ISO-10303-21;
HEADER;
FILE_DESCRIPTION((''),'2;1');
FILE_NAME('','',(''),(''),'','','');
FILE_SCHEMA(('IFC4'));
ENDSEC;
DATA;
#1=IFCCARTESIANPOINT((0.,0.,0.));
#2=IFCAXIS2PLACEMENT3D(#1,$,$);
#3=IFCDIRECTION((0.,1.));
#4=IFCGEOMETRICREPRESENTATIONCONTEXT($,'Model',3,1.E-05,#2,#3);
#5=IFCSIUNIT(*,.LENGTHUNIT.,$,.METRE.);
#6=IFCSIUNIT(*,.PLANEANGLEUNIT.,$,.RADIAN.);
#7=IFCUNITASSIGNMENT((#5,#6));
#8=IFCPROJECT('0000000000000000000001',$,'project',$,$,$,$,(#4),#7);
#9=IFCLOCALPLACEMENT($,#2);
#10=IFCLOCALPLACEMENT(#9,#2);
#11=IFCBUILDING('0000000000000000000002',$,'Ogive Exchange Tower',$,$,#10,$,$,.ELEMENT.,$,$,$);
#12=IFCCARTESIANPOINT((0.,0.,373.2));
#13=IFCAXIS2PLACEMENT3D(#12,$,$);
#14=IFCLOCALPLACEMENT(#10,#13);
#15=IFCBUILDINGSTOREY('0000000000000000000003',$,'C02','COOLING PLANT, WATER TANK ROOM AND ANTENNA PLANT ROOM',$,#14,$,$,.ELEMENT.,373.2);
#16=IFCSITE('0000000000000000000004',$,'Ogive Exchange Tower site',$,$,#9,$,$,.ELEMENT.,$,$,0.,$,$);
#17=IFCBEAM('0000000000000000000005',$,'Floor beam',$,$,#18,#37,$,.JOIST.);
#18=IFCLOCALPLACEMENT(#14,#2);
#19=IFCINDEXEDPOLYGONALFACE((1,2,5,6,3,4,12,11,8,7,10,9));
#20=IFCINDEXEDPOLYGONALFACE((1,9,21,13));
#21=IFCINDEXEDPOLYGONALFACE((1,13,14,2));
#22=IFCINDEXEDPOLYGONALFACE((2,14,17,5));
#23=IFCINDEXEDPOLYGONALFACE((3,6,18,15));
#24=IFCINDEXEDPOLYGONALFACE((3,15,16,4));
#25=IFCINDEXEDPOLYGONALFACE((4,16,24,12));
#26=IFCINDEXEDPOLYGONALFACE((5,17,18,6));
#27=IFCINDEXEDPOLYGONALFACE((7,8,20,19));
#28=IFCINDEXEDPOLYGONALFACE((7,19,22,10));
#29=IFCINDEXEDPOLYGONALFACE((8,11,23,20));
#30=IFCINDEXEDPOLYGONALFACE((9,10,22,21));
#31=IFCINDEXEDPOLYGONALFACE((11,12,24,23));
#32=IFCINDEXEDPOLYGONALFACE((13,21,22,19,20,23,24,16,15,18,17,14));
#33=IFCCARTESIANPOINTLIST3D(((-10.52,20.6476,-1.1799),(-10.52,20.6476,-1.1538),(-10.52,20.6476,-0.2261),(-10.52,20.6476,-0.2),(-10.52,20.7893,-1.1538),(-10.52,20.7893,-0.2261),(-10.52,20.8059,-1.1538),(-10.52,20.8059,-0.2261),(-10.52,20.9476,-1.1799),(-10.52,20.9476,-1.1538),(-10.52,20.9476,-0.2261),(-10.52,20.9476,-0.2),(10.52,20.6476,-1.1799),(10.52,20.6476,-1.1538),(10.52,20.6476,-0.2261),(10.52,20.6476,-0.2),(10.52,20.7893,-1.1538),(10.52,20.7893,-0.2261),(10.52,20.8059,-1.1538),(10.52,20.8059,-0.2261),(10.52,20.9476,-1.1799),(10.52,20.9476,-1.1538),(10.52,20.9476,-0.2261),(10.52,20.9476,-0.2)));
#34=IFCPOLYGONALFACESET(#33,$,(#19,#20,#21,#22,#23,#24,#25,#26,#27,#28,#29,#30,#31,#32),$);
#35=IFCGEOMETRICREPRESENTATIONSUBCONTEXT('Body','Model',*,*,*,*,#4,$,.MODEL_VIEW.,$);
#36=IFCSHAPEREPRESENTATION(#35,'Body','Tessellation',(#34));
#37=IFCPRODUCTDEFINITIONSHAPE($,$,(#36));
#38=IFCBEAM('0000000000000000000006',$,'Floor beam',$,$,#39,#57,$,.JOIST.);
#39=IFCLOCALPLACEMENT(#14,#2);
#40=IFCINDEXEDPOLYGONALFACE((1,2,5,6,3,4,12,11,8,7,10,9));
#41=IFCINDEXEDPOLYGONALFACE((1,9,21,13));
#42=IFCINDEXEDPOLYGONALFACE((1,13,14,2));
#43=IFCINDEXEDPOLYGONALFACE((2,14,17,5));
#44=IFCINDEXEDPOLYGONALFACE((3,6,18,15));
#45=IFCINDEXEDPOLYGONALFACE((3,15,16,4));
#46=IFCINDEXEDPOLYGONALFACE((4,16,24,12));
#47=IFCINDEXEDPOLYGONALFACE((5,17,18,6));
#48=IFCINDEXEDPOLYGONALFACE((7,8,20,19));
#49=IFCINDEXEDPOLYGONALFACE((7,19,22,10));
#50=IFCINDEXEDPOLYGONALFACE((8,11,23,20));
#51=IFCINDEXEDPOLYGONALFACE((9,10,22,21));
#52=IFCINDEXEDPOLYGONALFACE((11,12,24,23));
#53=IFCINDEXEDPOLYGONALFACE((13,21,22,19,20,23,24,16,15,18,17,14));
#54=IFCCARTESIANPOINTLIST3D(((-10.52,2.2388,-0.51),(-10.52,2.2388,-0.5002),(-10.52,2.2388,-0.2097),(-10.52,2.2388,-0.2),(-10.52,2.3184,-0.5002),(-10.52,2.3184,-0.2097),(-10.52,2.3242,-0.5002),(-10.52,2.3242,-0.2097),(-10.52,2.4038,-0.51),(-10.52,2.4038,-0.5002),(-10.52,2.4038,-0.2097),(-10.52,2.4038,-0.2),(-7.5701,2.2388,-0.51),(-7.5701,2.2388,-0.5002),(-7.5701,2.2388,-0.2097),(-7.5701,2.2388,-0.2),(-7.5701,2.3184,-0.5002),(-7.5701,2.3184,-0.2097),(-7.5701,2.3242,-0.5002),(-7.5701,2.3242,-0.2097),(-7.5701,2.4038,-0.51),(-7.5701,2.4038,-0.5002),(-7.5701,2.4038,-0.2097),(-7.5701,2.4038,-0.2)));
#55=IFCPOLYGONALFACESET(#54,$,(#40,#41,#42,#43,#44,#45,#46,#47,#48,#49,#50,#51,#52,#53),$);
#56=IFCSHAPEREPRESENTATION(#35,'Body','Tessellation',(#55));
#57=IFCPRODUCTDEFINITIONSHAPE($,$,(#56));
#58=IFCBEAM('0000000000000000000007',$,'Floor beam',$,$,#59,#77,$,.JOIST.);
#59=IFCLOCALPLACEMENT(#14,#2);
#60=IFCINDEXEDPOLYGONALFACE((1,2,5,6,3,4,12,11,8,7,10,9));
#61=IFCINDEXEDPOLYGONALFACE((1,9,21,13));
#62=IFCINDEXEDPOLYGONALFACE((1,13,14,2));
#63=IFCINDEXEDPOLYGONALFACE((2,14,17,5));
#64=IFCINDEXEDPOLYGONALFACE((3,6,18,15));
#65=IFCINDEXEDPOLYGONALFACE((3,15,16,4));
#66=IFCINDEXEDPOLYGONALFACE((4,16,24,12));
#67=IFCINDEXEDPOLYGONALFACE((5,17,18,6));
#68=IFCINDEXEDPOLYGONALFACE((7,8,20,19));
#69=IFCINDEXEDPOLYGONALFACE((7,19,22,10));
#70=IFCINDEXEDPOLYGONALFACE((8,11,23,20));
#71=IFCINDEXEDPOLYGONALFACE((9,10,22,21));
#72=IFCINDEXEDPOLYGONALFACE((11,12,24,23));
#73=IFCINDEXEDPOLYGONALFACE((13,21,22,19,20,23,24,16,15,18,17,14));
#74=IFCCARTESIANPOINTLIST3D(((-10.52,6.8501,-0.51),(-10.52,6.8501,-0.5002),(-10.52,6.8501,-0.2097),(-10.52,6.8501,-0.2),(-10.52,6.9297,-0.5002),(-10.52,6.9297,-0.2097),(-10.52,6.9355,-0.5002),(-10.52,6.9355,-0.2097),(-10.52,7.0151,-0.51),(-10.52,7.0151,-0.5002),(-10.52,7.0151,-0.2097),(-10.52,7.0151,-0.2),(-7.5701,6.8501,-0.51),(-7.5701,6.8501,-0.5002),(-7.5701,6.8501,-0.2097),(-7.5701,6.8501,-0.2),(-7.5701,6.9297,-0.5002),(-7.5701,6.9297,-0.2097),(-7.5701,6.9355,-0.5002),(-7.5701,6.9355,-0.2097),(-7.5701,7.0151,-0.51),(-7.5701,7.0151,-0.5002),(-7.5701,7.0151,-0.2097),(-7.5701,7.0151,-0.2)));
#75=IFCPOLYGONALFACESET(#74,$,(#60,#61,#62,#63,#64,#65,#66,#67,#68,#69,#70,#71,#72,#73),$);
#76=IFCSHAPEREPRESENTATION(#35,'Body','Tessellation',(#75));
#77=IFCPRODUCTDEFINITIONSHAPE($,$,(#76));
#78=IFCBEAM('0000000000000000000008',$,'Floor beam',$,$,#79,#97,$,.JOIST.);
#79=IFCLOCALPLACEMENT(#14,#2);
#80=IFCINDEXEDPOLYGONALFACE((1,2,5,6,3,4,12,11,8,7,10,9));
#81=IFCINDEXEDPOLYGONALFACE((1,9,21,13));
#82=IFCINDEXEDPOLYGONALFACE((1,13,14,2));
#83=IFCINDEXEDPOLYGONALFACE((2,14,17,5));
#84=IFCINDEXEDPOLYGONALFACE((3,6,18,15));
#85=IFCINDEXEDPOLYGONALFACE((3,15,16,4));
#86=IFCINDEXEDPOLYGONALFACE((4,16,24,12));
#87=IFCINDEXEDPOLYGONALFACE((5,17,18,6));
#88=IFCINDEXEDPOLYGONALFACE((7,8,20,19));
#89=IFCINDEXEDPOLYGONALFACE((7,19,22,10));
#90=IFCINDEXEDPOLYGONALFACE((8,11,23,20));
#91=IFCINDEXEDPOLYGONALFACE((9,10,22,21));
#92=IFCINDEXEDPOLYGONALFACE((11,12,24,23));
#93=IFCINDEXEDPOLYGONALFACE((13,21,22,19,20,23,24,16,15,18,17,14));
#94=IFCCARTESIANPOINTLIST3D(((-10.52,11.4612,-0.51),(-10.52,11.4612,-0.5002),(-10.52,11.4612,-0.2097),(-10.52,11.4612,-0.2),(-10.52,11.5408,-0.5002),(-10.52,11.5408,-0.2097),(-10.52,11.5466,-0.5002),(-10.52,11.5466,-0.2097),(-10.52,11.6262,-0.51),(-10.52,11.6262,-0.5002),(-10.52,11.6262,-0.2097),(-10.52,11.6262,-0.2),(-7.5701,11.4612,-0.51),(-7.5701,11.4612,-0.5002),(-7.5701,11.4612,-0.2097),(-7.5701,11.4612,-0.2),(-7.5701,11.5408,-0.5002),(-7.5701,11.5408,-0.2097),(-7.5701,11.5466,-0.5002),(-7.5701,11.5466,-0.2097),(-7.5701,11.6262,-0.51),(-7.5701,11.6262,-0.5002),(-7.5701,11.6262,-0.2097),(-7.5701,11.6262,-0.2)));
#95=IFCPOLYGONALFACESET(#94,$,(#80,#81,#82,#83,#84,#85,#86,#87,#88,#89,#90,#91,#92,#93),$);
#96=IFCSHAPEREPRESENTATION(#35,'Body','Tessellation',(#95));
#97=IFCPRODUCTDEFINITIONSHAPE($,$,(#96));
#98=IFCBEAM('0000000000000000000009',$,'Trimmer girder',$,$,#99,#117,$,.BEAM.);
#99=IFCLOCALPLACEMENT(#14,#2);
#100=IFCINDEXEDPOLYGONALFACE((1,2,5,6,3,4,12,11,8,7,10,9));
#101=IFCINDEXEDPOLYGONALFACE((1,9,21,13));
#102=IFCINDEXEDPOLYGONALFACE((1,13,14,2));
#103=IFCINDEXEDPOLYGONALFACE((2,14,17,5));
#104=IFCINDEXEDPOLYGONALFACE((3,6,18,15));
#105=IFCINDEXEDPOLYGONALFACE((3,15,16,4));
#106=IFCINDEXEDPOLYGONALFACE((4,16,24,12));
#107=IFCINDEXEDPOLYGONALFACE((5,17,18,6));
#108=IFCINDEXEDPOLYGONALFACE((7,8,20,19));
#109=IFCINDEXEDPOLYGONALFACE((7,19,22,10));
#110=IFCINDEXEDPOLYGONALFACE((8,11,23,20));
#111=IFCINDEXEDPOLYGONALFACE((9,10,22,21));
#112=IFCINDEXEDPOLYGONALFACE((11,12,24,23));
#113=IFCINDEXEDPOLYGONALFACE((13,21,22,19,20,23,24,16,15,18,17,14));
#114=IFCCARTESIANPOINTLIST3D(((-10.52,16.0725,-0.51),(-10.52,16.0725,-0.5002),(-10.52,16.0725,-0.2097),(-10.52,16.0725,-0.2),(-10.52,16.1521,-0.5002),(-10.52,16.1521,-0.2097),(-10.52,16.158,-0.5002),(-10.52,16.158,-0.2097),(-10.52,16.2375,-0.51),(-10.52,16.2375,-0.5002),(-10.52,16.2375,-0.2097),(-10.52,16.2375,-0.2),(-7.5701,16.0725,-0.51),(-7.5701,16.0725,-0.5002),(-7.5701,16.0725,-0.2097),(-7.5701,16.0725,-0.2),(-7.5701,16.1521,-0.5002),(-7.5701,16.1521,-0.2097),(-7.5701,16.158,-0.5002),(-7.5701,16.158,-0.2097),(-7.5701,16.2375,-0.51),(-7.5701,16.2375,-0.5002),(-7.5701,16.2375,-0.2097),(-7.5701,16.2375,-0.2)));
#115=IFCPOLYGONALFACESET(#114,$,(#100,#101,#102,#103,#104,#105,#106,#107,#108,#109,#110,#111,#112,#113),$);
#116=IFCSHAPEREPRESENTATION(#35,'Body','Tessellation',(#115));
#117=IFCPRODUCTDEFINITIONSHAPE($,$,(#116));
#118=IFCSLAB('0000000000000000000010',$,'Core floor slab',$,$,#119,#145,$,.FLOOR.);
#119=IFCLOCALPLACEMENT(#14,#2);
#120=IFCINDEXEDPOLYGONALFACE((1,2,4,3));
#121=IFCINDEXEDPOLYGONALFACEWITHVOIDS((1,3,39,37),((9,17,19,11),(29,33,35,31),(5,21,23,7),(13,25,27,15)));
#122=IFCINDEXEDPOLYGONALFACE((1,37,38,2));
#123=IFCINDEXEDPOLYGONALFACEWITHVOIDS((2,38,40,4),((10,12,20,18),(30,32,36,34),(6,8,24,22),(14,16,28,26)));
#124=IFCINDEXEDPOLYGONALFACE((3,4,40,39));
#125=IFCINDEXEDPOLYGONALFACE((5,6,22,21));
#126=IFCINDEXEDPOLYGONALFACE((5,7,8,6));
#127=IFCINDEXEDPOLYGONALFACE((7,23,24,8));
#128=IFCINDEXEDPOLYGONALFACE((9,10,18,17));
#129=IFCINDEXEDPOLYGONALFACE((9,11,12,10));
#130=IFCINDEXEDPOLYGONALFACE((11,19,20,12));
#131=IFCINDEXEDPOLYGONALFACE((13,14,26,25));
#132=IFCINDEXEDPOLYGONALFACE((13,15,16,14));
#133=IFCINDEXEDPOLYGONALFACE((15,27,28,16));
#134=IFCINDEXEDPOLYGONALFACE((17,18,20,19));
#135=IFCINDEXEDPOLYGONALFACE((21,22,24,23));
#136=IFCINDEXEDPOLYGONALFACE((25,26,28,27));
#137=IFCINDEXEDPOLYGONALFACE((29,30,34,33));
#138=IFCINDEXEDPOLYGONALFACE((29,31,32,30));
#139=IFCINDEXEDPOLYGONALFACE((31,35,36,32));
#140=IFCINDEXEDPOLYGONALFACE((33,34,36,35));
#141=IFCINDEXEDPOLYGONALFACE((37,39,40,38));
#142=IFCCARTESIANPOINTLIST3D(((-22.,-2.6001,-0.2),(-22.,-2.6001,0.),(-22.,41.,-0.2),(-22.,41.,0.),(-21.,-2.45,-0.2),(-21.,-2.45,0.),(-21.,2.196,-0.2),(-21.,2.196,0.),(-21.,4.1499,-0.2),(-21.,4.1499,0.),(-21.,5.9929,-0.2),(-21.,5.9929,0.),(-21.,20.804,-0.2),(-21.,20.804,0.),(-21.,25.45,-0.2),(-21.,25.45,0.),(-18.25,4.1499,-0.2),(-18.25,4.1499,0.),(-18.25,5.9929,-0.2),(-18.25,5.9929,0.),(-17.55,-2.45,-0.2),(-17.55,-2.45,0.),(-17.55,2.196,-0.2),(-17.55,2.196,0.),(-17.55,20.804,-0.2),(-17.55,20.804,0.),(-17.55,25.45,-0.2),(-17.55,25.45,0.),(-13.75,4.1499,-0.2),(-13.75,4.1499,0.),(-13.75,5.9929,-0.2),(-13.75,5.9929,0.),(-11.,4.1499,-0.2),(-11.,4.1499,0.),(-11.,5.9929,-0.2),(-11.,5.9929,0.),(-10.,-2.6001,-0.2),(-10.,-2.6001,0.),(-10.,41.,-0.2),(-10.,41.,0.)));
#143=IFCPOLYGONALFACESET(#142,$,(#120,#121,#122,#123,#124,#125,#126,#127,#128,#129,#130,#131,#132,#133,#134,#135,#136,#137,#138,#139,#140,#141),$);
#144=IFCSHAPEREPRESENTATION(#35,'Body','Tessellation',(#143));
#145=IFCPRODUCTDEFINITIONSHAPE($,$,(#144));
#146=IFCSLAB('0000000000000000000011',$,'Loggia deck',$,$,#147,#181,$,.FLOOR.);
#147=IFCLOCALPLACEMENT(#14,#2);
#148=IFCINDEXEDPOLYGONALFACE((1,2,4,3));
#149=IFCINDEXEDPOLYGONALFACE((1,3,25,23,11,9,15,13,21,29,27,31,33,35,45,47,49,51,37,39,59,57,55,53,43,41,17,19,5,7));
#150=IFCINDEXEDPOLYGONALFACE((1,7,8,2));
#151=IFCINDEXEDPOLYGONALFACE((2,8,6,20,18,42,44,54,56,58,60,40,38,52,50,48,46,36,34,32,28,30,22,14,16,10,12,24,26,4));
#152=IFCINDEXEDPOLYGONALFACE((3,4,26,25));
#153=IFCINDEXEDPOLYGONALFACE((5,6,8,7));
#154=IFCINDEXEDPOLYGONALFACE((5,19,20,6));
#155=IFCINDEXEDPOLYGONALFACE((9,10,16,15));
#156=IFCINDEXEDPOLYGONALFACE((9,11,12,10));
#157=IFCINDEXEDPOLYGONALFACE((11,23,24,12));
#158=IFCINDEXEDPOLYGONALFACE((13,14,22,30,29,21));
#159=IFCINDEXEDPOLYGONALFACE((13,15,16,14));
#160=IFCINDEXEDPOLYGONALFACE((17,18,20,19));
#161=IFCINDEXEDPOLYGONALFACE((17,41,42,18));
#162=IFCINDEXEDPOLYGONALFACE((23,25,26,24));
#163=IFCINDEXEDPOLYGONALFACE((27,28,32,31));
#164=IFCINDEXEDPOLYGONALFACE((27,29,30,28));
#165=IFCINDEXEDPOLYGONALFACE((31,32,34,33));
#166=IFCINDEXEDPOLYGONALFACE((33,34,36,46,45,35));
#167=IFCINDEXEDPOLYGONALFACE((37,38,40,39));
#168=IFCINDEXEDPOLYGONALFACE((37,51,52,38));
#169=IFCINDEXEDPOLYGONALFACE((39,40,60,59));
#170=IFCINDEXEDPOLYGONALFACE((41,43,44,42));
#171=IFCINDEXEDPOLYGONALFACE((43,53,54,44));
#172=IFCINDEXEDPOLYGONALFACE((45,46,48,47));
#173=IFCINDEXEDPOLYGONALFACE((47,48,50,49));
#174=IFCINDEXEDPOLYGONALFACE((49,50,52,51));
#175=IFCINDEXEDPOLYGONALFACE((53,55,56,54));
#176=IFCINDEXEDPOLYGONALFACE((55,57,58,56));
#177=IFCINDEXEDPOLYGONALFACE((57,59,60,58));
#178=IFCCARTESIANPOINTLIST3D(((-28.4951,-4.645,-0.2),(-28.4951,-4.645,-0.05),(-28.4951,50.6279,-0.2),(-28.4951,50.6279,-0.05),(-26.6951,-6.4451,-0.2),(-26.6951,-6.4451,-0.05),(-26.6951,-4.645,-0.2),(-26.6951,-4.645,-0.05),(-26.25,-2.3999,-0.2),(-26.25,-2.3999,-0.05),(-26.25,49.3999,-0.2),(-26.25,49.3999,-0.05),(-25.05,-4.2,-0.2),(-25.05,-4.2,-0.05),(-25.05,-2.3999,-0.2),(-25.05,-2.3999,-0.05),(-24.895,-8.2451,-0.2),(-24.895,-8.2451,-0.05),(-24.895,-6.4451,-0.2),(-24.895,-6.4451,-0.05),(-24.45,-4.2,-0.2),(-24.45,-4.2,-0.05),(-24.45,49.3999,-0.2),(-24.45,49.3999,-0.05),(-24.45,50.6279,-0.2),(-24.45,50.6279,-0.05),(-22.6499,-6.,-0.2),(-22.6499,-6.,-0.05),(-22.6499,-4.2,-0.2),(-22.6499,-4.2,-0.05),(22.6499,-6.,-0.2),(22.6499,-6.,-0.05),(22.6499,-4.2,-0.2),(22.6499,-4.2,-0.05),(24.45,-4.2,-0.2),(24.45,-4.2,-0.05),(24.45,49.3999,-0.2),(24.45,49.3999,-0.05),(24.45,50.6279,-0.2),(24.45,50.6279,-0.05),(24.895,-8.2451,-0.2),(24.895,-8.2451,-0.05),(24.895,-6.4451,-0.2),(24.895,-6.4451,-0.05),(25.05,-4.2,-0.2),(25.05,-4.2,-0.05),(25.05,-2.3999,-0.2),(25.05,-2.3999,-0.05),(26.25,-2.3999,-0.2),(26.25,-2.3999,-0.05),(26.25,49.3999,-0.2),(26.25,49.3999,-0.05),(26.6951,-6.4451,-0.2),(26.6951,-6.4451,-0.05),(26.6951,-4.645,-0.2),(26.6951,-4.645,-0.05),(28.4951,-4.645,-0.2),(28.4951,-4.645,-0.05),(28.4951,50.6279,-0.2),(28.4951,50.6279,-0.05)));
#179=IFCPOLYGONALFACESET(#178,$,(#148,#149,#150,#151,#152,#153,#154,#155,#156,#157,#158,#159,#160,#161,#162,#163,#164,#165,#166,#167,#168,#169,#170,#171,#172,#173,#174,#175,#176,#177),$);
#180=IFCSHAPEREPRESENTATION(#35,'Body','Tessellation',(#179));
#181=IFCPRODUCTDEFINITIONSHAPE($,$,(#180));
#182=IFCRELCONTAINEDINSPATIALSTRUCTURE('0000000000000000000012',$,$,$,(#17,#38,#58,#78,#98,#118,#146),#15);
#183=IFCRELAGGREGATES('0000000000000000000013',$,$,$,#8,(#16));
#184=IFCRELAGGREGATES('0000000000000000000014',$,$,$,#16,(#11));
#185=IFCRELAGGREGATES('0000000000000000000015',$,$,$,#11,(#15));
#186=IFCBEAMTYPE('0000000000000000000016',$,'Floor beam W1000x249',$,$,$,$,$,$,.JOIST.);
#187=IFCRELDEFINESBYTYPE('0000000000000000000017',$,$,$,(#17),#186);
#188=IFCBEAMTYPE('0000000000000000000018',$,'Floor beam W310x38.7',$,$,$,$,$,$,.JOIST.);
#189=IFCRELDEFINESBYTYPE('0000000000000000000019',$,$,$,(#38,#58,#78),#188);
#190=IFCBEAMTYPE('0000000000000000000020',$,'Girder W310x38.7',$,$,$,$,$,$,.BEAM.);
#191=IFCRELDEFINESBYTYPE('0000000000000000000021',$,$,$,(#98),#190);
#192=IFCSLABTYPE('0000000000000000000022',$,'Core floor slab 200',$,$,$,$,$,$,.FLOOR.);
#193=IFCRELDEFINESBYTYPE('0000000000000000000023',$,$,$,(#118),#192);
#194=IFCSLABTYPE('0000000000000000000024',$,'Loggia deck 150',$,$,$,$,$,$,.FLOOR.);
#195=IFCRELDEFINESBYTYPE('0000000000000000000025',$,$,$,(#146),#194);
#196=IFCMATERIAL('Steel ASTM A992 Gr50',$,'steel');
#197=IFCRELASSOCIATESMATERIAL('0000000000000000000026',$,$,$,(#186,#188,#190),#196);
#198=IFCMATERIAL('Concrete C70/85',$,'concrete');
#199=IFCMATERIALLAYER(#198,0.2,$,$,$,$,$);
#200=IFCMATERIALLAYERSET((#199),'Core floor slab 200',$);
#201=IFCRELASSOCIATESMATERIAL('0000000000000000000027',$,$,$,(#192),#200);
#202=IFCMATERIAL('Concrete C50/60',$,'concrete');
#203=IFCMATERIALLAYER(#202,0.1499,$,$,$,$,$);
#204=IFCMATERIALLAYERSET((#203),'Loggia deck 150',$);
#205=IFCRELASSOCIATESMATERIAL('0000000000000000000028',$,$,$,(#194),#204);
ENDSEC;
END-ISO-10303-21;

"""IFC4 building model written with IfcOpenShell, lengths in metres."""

from ifc_helpers import new_model, si_unit, direction, frame, origin, origin_2d, place, context, subcontext, project, spatial, polyline, i_section, outline, extrude, material, layer, layer_set, material_profile, profile_set, type_object, element, save


model = new_model("IFC4")

# Units and contexts
model_context = context("Model", 3, precision=1e-05, world=origin(), true_north=direction((0.0, 1.0)))
body_context = subcontext(model_context, "Body", "Model", "MODEL_VIEW")
ifc_project = project(units=[si_unit("LENGTHUNIT", "METRE"), si_unit("PLANEANGLEUNIT", "RADIAN")], contexts=[model_context])

# Site, building, storey
site_placement = place(None, origin())
site = spatial("IfcSite", under=ifc_project, at=site_placement, Name="Ogive Exchange Tower site", CompositionType="ELEMENT", RefElevation=0.0)
building_placement = place(site_placement, origin())
building = spatial("IfcBuilding", under=site, at=building_placement, Name="Ogive Exchange Tower", CompositionType="ELEMENT")
storey_placement = place(building_placement, frame((0.0, 0.0, 373.2)))
storey = spatial("IfcBuildingStorey", under=building, at=storey_placement, Name="C02", Description="COOLING PLANT, WATER TANK ROOM AND ANTENNA PLANT ROOM", CompositionType="ELEMENT", Elevation=373.2)

# Beams
ifc_material_1 = material(Name="Steel ASTM A992 Gr50", Category="steel")
ifc_material_profile_1 = material_profile(ifc_material_1, i_section(OverallWidth=0.3, OverallDepth=0.98, WebThickness=0.0166, FlangeThickness=0.0261, at=origin_2d()), Name="W1000x249")
ifc_profile_set_1 = profile_set([ifc_material_profile_1], Name="Steel ASTM A992 Gr50")
beam_type_1 = type_object("IfcBeamType", Name="Floor beam W1000x249", PredefinedType="JOIST", material=ifc_profile_set_1)
beam_1_placement = place(storey_placement, frame((-10.52, 20.7976, -0.6899), z_axis=(1.0, 0.0, 0.0), x_axis=(0.0, 1.0, 0.0)))
element("IfcBeam", 1, at=beam_1_placement, inside=storey, type_object=beam_type_1, Name="Floor beam", PredefinedType="JOIST", context=body_context, shape_type="SweptSolid", body=[
    extrude(i_section(OverallWidth=0.3, OverallDepth=0.98, WebThickness=0.0166, FlangeThickness=0.0261, at=origin_2d()), origin(), (0.0, 0.0, 1.0), 21.04),
])
ifc_material_profile_2 = material_profile(ifc_material_1, i_section(OverallWidth=0.165, OverallDepth=0.3101, WebThickness=0.0059, FlangeThickness=0.0098, at=origin_2d()), Name="W310x38.7")
ifc_profile_set_2 = profile_set([ifc_material_profile_2], Name="Steel ASTM A992 Gr50")
beam_type_2 = type_object("IfcBeamType", Name="Floor beam W310x38.7", PredefinedType="JOIST", material=ifc_profile_set_2)
for number, where, z_axis, x_axis, name in (
    (2, (-10.52, 2.3213, -0.355), (1.0, 0.0, 0.0), (0.0, 1.0, 0.0), "Floor beam"),
    (3, (-10.52, 6.9326, -0.355), (1.0, 0.0, 0.0), (0.0, 1.0, 0.0), "Floor beam"),
    (4, (-10.52, 11.5437, -0.355), (1.0, 0.0, 0.0), (0.0, 1.0, 0.0), "Floor beam"),
):
    element("IfcBeam", number, at=place(storey_placement, frame(where, z_axis=z_axis, x_axis=x_axis)), inside=storey, type_object=beam_type_2, Name=name, PredefinedType="JOIST", context=body_context, shape_type="SweptSolid", body=[
        extrude(i_section(OverallWidth=0.165, OverallDepth=0.3101, WebThickness=0.0059, FlangeThickness=0.0098, at=origin_2d()), origin(), (0.0, 0.0, 1.0), 2.95),
    ])
ifc_material_profile_3 = material_profile(ifc_material_1, i_section(OverallWidth=0.165, OverallDepth=0.3101, WebThickness=0.0059, FlangeThickness=0.0098, at=origin_2d()), Name="W310x38.7")
ifc_profile_set_3 = profile_set([ifc_material_profile_3], Name="Steel ASTM A992 Gr50")
beam_type_3 = type_object("IfcBeamType", Name="Girder W310x38.7", PredefinedType="BEAM", material=ifc_profile_set_3)
beam_2_placement = place(storey_placement, frame((-10.52, 16.155, -0.355), z_axis=(1.0, 0.0, 0.0), x_axis=(0.0, 1.0, 0.0)))
element("IfcBeam", 5, at=beam_2_placement, inside=storey, type_object=beam_type_3, Name="Trimmer girder", PredefinedType="BEAM", context=body_context, shape_type="SweptSolid", body=[
    extrude(i_section(OverallWidth=0.165, OverallDepth=0.3101, WebThickness=0.0059, FlangeThickness=0.0098, at=origin_2d()), origin(), (0.0, 0.0, 1.0), 2.95),
])

# Slabs
ifc_material_2 = material(Name="Concrete C70/85", Category="concrete")
ifc_layer_1 = layer(ifc_material_2, 0.2)
ifc_layer_set_1 = layer_set([ifc_layer_1], Name="Core floor slab 200")
slab_type_1 = type_object("IfcSlabType", Name="Core floor slab 200", PredefinedType="FLOOR", material=ifc_layer_set_1)
slab_1_placement = place(storey_placement, frame((0.0, 0.0, -0.2)))
element("IfcSlab", 6, at=slab_1_placement, inside=storey, type_object=slab_type_1, Name="Core floor slab", PredefinedType="FLOOR", context=body_context, shape_type="SweptSolid", body=[
    extrude(outline(polyline([(-22.0, 41.0), (-10.0, 41.0), (-10.0, -2.6001), (-22.0, -2.6001), (-22.0, 41.0)]), holes=[polyline([(-17.55, 2.196), (-21.0, 2.196), (-21.0, -2.45), (-17.55, -2.45), (-17.55, 2.196)]), polyline([(-21.0, 5.9929), (-21.0, 4.1499), (-18.25, 4.1499), (-18.25, 5.9929), (-21.0, 5.9929)]), polyline([(-13.75, 5.9929), (-13.75, 4.1499), (-11.0, 4.1499), (-11.0, 5.9929), (-13.75, 5.9929)]), polyline([(-21.0, 20.804), (-17.55, 20.804), (-17.55, 25.45), (-21.0, 25.45), (-21.0, 20.804)])]), origin(), (0.0, 0.0, 1.0), 0.2),
])
ifc_material_3 = material(Name="Concrete C50/60", Category="concrete")
ifc_layer_2 = layer(ifc_material_3, 0.1499)
ifc_layer_set_2 = layer_set([ifc_layer_2], Name="Loggia deck 150")
slab_type_2 = type_object("IfcSlabType", Name="Loggia deck 150", PredefinedType="FLOOR", material=ifc_layer_set_2)
slab_2_placement = place(storey_placement, frame((0.0, 0.0, -0.2)))
element("IfcSlab", 7, at=slab_2_placement, inside=storey, type_object=slab_type_2, Name="Loggia deck", PredefinedType="FLOOR", context=body_context, shape_type="SweptSolid", body=[
    extrude(outline(polyline([(-26.6951, -4.645), (-28.4951, -4.645), (-28.4951, 50.6279), (-24.45, 50.6279), (-24.45, 49.3999), (-26.25, 49.3999), (-26.25, -2.3999), (-24.45, -2.3999), (-24.45, -2.3999), (-25.05, -2.3999), (-25.05, -4.2), (-24.45, -4.2), (-24.45, -4.2), (-22.6499, -4.2), (-22.6499, -6.0), (22.6499, -6.0), (22.6499, -4.2), (24.45, -4.2), (24.45, -4.2), (25.05, -4.2), (25.05, -2.3999), (24.45, -2.3999), (24.45, -2.3999), (26.25, -2.3999), (26.25, 49.3999), (24.45, 49.3999), (24.45, 50.6279), (28.4951, 50.6279), (28.4951, -4.645), (26.6951, -4.645), (26.6951, -6.4451), (24.895, -6.4451), (24.895, -8.2451), (-24.895, -8.2451), (-24.895, -6.4451), (-26.6951, -6.4451), (-26.6951, -4.645)])), origin(), (0.0, 0.0, 1.0), 0.1499),
])

save(model, "model.ifc")
